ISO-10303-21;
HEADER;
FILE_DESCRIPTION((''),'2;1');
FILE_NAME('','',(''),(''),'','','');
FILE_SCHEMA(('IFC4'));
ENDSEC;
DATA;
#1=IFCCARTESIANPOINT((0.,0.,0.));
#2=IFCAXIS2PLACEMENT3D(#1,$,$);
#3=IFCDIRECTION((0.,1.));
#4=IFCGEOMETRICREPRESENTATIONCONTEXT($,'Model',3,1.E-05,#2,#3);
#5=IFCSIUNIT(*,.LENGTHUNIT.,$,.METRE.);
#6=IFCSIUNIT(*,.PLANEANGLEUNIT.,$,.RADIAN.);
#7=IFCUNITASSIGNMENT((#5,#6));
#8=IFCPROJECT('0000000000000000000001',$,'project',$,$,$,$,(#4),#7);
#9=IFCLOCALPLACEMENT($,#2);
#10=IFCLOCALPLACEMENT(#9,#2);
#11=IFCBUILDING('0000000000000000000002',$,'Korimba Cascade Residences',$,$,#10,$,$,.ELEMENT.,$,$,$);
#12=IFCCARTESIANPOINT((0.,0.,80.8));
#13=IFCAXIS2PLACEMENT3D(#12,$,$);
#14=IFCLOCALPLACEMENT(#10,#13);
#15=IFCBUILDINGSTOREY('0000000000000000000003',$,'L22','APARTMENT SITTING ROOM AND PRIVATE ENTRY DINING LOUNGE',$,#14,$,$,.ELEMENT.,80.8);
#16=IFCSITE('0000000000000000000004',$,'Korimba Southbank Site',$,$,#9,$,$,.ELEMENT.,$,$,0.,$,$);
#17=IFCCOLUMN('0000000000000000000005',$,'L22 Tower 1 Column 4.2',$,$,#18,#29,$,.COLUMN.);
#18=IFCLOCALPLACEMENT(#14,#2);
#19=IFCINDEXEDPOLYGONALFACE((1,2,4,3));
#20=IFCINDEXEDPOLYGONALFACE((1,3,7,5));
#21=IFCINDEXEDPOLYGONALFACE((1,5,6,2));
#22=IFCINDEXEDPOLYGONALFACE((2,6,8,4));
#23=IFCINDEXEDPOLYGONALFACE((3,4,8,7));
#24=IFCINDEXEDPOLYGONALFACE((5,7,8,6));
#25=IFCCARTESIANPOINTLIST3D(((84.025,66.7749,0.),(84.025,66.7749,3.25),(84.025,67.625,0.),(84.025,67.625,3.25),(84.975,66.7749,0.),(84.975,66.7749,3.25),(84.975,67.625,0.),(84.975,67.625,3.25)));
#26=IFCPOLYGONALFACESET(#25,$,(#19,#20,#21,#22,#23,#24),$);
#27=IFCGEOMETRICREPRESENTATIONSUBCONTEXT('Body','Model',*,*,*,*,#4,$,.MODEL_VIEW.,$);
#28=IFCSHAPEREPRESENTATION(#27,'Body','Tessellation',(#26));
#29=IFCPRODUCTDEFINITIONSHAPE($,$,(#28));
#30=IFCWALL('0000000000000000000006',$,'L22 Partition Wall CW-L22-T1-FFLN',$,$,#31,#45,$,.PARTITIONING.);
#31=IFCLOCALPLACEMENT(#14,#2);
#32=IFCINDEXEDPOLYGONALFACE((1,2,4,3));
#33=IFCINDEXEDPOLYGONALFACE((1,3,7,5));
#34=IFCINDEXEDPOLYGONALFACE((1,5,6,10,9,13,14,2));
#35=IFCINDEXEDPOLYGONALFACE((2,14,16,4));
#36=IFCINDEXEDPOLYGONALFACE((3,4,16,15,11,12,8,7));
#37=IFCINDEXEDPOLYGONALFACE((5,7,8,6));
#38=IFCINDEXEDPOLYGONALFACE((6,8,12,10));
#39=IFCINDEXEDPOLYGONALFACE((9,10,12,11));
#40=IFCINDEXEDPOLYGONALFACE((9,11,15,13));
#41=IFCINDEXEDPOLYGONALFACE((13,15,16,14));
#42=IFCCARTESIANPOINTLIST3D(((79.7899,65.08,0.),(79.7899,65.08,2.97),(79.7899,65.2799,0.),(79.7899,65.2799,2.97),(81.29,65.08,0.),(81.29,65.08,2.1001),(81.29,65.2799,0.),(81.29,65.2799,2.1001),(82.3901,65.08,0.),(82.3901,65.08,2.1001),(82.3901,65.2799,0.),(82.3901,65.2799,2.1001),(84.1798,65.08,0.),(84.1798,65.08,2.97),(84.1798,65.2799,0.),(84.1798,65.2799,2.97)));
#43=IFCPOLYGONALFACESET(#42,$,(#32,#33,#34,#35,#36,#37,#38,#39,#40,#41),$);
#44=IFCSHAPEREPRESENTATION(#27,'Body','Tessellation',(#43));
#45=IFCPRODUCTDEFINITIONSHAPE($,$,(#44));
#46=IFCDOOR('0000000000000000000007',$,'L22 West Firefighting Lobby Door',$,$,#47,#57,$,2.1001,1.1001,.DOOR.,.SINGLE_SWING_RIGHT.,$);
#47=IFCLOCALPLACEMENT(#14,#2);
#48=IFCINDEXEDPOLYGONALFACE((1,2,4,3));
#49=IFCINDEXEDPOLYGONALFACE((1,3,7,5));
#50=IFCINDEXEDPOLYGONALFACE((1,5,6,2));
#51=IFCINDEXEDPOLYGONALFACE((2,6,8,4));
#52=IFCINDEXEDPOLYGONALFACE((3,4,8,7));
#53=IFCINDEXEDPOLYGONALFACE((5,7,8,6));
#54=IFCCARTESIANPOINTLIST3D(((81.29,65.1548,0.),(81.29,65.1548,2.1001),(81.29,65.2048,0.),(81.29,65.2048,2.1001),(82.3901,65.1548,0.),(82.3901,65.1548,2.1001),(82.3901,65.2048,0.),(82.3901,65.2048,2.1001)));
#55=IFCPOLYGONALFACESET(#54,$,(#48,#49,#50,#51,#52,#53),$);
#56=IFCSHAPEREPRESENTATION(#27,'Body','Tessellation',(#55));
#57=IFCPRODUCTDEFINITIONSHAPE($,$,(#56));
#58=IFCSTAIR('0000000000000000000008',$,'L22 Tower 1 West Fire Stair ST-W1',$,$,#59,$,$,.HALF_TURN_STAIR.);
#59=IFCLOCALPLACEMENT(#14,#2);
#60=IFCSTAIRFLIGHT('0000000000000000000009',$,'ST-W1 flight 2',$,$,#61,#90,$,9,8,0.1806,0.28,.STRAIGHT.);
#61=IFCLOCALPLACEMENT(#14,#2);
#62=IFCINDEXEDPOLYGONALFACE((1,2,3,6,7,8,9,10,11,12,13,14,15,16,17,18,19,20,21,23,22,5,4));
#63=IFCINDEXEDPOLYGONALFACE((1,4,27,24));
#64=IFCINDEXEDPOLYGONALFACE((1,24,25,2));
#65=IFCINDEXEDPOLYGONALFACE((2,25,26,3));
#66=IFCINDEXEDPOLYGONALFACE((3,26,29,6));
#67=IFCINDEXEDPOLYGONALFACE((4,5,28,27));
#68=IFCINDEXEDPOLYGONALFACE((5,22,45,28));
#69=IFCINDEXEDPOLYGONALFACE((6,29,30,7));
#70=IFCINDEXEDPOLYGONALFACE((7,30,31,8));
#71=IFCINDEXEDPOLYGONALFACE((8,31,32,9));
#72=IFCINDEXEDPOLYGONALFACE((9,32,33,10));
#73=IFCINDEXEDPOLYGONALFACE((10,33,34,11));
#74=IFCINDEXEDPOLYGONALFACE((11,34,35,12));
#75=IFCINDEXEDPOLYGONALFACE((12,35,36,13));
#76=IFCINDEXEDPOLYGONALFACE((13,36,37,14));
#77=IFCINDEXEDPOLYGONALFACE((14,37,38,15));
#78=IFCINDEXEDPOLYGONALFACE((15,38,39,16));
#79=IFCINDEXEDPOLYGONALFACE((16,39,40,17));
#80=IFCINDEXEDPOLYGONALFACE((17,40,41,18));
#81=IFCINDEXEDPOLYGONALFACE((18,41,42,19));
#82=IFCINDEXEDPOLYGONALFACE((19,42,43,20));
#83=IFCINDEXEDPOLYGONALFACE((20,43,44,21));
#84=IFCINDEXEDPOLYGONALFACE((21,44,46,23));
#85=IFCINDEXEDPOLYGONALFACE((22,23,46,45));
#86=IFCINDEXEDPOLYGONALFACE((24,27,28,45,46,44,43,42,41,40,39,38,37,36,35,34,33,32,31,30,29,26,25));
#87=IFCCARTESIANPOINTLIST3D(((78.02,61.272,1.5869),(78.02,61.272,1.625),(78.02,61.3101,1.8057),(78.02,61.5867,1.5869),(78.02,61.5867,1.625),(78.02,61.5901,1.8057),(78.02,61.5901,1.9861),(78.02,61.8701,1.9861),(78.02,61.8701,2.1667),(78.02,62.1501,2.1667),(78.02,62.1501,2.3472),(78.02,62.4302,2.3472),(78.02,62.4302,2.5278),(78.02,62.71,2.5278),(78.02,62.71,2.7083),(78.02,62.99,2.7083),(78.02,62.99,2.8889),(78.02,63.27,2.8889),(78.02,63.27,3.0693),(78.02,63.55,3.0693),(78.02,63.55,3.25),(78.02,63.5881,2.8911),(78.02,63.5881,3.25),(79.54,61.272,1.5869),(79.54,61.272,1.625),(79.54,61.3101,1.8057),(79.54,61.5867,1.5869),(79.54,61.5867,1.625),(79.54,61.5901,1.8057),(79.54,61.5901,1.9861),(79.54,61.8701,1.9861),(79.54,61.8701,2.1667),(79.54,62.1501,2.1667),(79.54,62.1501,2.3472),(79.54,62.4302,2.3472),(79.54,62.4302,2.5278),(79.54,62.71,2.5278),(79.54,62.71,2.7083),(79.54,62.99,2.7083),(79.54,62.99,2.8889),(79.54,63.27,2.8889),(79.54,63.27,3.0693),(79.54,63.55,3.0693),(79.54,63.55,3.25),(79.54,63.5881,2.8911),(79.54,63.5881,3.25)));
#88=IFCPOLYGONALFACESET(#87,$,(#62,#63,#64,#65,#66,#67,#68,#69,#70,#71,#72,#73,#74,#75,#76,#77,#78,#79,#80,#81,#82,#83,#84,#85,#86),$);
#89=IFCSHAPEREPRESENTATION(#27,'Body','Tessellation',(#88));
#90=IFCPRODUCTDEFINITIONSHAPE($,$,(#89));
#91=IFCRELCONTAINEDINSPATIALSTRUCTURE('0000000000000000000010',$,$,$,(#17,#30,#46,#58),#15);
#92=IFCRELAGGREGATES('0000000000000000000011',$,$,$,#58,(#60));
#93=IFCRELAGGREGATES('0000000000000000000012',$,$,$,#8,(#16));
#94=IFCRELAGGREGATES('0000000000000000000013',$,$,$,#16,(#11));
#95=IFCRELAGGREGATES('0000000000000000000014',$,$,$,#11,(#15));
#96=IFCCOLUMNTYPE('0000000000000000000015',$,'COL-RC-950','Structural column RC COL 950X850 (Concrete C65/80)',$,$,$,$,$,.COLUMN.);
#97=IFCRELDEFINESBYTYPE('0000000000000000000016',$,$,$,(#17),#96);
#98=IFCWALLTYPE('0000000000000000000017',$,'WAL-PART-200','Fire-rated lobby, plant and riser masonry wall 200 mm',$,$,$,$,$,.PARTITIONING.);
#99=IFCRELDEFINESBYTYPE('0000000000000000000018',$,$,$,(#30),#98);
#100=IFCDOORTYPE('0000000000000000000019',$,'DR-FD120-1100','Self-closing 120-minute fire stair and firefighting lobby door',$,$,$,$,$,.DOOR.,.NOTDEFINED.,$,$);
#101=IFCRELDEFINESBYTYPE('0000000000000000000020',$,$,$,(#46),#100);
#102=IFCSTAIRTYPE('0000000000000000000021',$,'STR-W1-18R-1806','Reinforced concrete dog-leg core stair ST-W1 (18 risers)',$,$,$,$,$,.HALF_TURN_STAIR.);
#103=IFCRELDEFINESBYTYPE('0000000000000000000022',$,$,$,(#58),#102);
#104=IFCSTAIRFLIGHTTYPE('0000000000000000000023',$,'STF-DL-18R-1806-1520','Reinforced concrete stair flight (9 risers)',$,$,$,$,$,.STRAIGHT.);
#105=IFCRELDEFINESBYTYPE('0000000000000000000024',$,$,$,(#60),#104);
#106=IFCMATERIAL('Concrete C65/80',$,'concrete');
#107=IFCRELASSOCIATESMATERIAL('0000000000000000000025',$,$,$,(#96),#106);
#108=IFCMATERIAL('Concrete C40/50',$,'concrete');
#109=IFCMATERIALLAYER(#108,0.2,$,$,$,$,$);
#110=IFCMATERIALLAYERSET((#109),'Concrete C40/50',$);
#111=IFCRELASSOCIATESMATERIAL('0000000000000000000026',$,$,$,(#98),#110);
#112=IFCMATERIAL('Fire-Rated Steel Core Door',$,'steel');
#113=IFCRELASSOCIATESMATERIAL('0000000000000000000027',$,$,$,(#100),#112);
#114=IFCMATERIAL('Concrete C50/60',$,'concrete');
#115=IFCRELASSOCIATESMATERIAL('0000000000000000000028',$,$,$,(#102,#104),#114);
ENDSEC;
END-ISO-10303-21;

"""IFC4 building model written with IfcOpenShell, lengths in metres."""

from ifc_helpers import new_model, si_unit, direction, frame, frame_2d, origin, origin_2d, place, context, subcontext, project, spatial, polyline, rectangle, outline, extrude, material, layer, layer_set, material_profile, profile_set, type_object, element, fill, aggregate, save


model = new_model("IFC4")

# Units and contexts
model_context = context("Model", 3, precision=1e-05, world=origin(), true_north=direction((0.0, 1.0)))
body_context = subcontext(model_context, "Body", "Model", "MODEL_VIEW")
ifc_project = project(units=[si_unit("LENGTHUNIT", "METRE"), si_unit("PLANEANGLEUNIT", "RADIAN")], contexts=[model_context])

# Site, building, storey
site_placement = place(None, origin())
site = spatial("IfcSite", under=ifc_project, at=site_placement, Name="Korimba Southbank Site", CompositionType="ELEMENT", RefElevation=0.0)
building_placement = place(site_placement, origin())
building = spatial("IfcBuilding", under=site, at=building_placement, Name="Korimba Cascade Residences", CompositionType="ELEMENT")
storey_placement = place(building_placement, frame((0.0, 0.0, 80.8)))
storey = spatial("IfcBuildingStorey", under=building, at=storey_placement, Name="L22", Description="APARTMENT SITTING ROOM AND PRIVATE ENTRY DINING LOUNGE", CompositionType="ELEMENT", Elevation=80.8)

# Column
ifc_material_1 = material(Name="Concrete C65/80", Category="concrete")
ifc_material_profile = material_profile(ifc_material_1, rectangle(XDim=0.95, YDim=0.8501, at=origin_2d()), Name="Concrete C65/80")
ifc_profile_set = profile_set([ifc_material_profile], Name="Concrete C65/80")
column_type = type_object("IfcColumnType", Name="COL-RC-950", Description="Structural column RC COL 950X850 (Concrete C65/80)", PredefinedType="COLUMN", material=ifc_profile_set)
column_placement = place(storey_placement, frame((84.5, 67.2, 0.0), z_axis=(0.0, 0.0, 1.0), x_axis=(1.0, 0.0, 0.0)))
element("IfcColumn", 1, at=column_placement, inside=storey, type_object=column_type, Name="L22 Tower 1 Column 4.2", PredefinedType="COLUMN", context=body_context, shape_type="SweptSolid", body=[
    extrude(rectangle(XDim=0.95, YDim=0.8501, at=origin_2d()), origin(), (0.0, 0.0, 1.0), 3.25),
])

# Wall, opening, door
ifc_material_2 = material(Name="Concrete C40/50", Category="concrete")
ifc_layer_1 = layer(ifc_material_2, 0.2)
ifc_layer_set_1 = layer_set([ifc_layer_1], Name="Concrete C40/50")
wall_type_1 = type_object("IfcWallType", Name="WAL-PART-200", Description="Fire-rated lobby, plant and riser masonry wall 200 mm", PredefinedType="PARTITIONING", material=ifc_layer_set_1)
wall_1_placement = place(storey_placement, frame((79.79, 65.1799, 0.0), z_axis=(0.0, 0.0, 1.0), x_axis=(1.0, 0.0, 0.0)))
wall_1 = element("IfcWall", 2, at=wall_1_placement, inside=storey, type_object=wall_type_1, Name="L22 Partition Wall CW-L22-T1-FFLN", PredefinedType="PARTITIONING", context=body_context, shape_type="SweptSolid", body=[
    extrude(rectangle(XDim=4.3899, YDim=0.2, at=frame_2d((2.1948, 0.0))), origin(), (0.0, 0.0, 1.0), 2.97),
])
opening_1_placement = place(wall_1_placement, frame((1.5, 0.0, 0.0)))
opening_1 = element("IfcOpeningElement", 3, at=opening_1_placement, cuts=wall_1, PredefinedType="OPENING", context=body_context, shape_type="SweptSolid", body=[
    extrude(rectangle(XDim=1.1001, YDim=2.1001, at=frame_2d((0.55, 1.05))), frame((0.0, 0.1099, 0.0), z_axis=(0.0, -1.0, 0.0), x_axis=(1.0, 0.0, 0.0)), (0.0, 0.0, 1.0), 0.22),
])
ifc_material_3 = material(Name="Fire-Rated Steel Core Door", Category="steel")
door_type_1 = type_object("IfcDoorType", Name="DR-FD120-1100", Description="Self-closing 120-minute fire stair and firefighting lobby door", OperationType="NOTDEFINED", PredefinedType="DOOR", material=ifc_material_3)
door_1_placement = place(opening_1_placement, origin())
door_1 = element("IfcDoor", 4, at=door_1_placement, inside=storey, type_object=door_type_1, Name="L22 West Firefighting Lobby Door", OperationType="SINGLE_SWING_RIGHT", OverallHeight=2.1001, OverallWidth=1.1001, PredefinedType="DOOR", context=body_context, shape_type="SweptSolid", body=[
    extrude(rectangle(XDim=1.1001, YDim=2.1001, at=frame_2d((0.55, 1.05))), frame((0.0, 0.0249, 0.0), z_axis=(0.0, -1.0, 0.0), x_axis=(1.0, 0.0, 0.0)), (0.0, 0.0, 1.0), 0.05),
])
fill(opening_1, door_1)

# Shared definitions
ifc_material_4 = material(Name="Concrete C50/60", Category="concrete")

# Stair, stair flight
stair_type = type_object("IfcStairType", Name="STR-W1-18R-1806", Description="Reinforced concrete dog-leg core stair ST-W1 (18 risers)", PredefinedType="HALF_TURN_STAIR", material=ifc_material_4)
stair_placement = place(storey_placement, origin())
stair = element("IfcStair", 5, at=stair_placement, inside=storey, type_object=stair_type, Name="L22 Tower 1 West Fire Stair ST-W1", PredefinedType="HALF_TURN_STAIR")
stair_flight_type = type_object("IfcStairFlightType", Name="STF-DL-18R-1806-1520", Description="Reinforced concrete stair flight (9 risers)", PredefinedType="STRAIGHT", material=ifc_material_4)
stair_flight_placement = place(storey_placement, frame((78.78, 61.3101, 1.625), z_axis=(0.0, 0.0, 1.0), x_axis=(0.0, 1.0, 0.0)))
stair_flight = element("IfcStairFlight", 6, at=stair_flight_placement, type_object=stair_flight_type, Name="ST-W1 flight 2", NumberOfRisers=9, NumberOfTreads=8, PredefinedType="STRAIGHT", RiserHeight=0.1806, TreadLength=0.28, context=body_context, shape_type="SweptSolid", body=[
    extrude(outline(polyline([(-0.0381, 0.0), (0.0, 0.1807), (0.28, 0.1807), (0.28, 0.3611), (0.5601, 0.3611), (0.5601, 0.5417), (0.8401, 0.5417), (0.8401, 0.7222), (1.1201, 0.7222), (1.1201, 0.9028), (1.3999, 0.9028), (1.3999, 1.0833), (1.6799, 1.0833), (1.6799, 1.2639), (1.96, 1.2639), (1.96, 1.4443), (2.24, 1.4443), (2.24, 1.625), (2.2781, 1.625), (2.2781, 1.2661), (0.2766, 0.0), (0.2766, -0.0381), (-0.0381, -0.0381), (-0.0381, 0.0)])), frame((0.0, 0.76, 0.0), z_axis=(0.0, -1.0, 0.0), x_axis=(1.0, 0.0, 0.0)), (0.0, 0.0, 1.0), 1.52),
])
aggregate(stair, [stair_flight])

save(model, "model.ifc")
